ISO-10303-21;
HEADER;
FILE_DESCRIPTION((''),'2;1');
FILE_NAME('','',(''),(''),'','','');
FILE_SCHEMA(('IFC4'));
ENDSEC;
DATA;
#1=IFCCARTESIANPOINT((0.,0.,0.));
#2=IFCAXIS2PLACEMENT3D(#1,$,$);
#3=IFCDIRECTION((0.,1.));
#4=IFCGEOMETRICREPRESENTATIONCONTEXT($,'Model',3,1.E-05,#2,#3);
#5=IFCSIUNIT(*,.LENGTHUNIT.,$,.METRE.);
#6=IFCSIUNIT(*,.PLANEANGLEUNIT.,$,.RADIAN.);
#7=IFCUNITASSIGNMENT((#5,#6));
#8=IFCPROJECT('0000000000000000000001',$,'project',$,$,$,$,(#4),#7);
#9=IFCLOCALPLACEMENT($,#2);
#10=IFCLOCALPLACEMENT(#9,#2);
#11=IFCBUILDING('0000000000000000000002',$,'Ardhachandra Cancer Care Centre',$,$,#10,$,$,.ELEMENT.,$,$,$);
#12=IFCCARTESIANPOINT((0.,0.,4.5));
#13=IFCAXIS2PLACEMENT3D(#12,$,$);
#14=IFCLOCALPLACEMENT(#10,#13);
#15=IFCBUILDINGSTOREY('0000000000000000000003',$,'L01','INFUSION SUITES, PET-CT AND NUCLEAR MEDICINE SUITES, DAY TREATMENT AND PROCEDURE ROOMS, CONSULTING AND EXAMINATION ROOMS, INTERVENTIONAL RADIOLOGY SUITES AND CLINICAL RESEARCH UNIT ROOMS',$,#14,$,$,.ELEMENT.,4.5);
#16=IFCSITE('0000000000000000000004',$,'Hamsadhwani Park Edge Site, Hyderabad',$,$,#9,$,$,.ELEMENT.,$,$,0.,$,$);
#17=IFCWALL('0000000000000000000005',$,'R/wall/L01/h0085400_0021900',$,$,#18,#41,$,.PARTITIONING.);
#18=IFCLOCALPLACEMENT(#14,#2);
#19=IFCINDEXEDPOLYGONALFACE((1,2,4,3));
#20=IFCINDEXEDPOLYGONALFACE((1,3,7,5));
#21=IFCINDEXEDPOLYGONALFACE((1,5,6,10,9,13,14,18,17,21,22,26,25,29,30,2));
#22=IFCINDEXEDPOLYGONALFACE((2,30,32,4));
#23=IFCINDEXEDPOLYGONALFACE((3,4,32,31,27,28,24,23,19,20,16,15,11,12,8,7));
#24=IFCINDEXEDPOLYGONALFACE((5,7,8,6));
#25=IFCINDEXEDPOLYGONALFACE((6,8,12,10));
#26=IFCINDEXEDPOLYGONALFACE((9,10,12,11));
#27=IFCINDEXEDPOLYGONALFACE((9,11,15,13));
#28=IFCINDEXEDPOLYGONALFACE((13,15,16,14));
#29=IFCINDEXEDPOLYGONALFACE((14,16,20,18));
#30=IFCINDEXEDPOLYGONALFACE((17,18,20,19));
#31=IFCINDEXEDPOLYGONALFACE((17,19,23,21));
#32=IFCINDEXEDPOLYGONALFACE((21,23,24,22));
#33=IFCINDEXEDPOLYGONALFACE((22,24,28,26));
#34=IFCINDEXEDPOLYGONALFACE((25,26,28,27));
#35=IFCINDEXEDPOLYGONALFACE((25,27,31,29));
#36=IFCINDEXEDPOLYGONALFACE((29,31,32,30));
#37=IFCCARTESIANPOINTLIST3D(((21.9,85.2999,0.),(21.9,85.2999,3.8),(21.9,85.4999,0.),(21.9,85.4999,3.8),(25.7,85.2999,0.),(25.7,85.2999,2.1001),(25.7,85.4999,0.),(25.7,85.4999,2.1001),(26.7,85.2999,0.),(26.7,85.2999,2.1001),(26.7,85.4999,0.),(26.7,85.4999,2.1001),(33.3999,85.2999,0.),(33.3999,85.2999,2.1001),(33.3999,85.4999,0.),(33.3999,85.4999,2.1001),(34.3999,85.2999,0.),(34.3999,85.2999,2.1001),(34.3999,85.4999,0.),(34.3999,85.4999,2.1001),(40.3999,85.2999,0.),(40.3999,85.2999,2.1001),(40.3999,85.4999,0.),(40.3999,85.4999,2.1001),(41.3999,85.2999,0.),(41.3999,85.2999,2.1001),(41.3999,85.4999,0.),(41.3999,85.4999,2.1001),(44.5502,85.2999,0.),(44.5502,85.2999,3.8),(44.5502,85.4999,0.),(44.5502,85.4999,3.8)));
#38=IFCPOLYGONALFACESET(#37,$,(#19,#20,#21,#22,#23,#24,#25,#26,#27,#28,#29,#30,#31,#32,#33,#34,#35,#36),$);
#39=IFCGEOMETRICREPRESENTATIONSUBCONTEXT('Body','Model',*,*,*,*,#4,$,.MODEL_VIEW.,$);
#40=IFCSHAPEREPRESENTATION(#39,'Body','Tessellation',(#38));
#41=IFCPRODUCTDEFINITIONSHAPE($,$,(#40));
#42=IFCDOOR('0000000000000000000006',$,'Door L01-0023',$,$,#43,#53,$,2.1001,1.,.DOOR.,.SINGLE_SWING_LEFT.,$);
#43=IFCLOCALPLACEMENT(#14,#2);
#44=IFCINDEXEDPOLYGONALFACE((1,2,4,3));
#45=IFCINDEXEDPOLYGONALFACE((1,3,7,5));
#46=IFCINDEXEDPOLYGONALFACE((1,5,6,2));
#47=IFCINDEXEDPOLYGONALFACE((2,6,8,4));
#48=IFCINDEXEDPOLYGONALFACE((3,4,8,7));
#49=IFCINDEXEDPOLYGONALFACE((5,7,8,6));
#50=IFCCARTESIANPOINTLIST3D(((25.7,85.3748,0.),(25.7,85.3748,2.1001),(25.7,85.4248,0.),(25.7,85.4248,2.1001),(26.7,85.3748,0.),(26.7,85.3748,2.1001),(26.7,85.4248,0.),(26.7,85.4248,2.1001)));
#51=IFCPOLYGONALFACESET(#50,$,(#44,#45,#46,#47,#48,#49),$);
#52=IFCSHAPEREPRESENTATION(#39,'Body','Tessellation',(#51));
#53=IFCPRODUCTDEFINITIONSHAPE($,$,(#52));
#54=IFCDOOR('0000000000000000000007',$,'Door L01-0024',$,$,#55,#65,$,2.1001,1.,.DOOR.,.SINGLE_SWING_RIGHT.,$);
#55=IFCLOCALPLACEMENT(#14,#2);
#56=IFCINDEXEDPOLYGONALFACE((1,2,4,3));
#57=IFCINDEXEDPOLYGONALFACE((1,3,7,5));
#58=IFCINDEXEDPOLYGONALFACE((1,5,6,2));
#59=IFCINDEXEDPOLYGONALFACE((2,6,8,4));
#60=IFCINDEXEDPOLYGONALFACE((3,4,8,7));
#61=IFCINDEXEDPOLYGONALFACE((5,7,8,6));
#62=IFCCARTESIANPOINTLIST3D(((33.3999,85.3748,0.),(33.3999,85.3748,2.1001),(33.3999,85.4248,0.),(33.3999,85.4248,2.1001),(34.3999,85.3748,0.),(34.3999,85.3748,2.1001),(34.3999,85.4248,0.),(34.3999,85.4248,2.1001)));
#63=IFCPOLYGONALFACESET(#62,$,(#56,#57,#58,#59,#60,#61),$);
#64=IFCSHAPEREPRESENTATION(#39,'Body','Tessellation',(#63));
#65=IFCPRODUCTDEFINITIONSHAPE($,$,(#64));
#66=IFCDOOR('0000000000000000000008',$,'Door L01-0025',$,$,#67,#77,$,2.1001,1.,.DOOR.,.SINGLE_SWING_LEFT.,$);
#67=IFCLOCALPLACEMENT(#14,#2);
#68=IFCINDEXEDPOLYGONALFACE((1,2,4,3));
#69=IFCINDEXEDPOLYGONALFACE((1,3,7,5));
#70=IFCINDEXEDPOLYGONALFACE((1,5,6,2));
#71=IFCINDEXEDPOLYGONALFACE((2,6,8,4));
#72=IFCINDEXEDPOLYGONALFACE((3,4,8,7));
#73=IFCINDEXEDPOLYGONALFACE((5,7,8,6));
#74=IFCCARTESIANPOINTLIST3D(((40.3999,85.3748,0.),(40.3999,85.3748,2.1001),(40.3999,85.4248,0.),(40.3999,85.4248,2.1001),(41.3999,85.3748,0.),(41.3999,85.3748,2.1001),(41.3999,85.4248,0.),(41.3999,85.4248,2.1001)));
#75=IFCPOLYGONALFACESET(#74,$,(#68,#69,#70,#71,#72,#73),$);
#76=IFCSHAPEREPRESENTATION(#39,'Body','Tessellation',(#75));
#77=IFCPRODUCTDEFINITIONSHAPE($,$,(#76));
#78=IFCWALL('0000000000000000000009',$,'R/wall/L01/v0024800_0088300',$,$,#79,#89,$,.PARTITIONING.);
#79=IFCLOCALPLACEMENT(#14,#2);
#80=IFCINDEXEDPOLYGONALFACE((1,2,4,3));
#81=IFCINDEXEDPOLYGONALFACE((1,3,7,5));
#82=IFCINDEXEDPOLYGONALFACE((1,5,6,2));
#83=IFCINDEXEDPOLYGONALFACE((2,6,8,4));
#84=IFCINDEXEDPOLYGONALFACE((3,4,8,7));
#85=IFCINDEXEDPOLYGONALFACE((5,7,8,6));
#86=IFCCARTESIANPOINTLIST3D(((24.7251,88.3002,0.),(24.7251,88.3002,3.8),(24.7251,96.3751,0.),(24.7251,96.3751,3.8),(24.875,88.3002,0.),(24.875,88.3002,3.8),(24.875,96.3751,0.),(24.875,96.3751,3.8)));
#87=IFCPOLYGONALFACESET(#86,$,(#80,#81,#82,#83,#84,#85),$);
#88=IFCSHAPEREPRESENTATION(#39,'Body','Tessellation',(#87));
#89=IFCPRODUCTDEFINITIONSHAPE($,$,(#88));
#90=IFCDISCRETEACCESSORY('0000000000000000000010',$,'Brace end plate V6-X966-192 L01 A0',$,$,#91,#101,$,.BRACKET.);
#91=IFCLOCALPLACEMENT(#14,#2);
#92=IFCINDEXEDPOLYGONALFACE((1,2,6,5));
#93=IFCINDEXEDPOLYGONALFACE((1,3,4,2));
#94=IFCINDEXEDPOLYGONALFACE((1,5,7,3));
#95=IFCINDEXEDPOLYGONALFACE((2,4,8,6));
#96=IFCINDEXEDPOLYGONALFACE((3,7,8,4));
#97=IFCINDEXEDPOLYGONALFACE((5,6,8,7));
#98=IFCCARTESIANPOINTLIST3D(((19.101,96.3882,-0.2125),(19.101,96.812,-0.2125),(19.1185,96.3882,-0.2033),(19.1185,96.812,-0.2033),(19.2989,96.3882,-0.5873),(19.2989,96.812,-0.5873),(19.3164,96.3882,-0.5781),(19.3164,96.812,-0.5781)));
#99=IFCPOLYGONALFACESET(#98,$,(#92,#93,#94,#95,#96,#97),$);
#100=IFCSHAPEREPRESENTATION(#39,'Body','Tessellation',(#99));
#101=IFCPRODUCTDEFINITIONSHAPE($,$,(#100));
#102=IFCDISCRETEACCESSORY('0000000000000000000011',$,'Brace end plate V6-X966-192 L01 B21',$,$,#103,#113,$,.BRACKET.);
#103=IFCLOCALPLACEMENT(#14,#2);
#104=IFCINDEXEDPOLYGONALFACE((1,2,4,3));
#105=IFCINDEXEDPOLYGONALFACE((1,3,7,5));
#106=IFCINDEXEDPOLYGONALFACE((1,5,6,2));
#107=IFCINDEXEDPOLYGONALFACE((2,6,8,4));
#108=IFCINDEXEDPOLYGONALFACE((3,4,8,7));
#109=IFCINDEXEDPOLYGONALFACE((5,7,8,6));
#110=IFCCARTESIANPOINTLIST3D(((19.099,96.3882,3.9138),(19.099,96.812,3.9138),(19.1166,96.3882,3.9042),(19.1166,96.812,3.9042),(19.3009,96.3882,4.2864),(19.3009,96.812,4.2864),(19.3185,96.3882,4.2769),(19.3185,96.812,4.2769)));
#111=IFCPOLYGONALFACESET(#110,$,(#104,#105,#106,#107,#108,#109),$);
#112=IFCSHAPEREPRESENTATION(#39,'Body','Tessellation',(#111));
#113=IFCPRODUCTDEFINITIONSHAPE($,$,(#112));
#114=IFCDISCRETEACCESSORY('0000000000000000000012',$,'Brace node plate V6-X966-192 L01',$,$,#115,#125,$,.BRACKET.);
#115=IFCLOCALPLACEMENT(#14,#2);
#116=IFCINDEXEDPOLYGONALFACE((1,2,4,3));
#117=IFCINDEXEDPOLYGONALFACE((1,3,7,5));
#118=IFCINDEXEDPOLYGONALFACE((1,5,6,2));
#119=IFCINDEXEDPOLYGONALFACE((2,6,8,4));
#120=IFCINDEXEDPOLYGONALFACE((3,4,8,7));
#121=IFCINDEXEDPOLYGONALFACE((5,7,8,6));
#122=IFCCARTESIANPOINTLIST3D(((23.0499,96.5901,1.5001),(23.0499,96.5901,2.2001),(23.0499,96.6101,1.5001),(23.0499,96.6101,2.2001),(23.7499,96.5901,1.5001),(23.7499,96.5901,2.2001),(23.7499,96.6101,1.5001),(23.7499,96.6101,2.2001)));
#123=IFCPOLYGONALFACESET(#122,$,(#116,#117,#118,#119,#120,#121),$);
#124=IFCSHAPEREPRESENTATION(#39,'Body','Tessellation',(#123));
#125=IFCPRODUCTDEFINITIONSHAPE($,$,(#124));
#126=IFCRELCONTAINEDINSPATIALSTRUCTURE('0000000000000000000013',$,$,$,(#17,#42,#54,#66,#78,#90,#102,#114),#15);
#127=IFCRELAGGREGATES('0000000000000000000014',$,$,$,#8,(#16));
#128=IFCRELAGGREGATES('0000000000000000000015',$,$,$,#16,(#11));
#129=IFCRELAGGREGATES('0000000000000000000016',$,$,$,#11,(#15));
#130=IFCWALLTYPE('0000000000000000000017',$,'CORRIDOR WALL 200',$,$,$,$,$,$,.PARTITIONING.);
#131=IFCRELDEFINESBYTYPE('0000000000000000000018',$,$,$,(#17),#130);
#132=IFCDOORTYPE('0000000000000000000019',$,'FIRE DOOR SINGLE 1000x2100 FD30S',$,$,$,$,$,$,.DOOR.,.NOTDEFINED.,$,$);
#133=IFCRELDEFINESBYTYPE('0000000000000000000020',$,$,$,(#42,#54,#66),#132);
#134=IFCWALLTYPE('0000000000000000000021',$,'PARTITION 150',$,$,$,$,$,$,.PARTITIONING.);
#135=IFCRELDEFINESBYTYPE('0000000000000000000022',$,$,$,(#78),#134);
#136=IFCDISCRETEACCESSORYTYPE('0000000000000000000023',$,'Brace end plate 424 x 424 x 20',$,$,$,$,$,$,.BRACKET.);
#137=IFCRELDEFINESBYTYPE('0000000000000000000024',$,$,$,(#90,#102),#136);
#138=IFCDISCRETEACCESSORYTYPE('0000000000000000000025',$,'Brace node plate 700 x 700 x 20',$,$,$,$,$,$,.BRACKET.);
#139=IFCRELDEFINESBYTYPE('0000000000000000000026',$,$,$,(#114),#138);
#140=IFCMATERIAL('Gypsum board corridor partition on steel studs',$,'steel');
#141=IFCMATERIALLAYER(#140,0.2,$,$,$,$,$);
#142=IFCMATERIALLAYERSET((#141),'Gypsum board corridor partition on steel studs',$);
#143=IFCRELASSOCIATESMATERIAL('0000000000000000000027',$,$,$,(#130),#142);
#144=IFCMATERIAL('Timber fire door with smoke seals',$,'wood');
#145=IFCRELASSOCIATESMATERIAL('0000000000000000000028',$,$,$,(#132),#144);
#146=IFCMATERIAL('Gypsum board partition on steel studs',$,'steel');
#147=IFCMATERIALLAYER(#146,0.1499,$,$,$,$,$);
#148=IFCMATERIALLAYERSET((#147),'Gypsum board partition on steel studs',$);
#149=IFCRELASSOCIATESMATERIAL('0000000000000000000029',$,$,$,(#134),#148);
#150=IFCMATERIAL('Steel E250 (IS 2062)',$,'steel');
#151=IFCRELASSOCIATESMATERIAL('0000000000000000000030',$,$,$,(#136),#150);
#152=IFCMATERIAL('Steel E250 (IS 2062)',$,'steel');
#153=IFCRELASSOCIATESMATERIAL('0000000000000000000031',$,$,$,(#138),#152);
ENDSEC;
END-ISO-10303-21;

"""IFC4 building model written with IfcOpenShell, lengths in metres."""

from ifc_helpers import new_model, si_unit, direction, frame, frame_2d, origin, origin_2d, place, context, subcontext, project, spatial, rectangle, extrude, material, layer, layer_set, material_profile, profile_set, type_object, element, fill, save


model = new_model("IFC4")

# Units and contexts
model_context = context("Model", 3, precision=1e-05, world=origin(), true_north=direction((0.0, 1.0)))
body_context = subcontext(model_context, "Body", "Model", "MODEL_VIEW")
ifc_project = project(units=[si_unit("LENGTHUNIT", "METRE"), si_unit("PLANEANGLEUNIT", "RADIAN")], contexts=[model_context])

# Site, building, storey
site_placement = place(None, origin())
site = spatial("IfcSite", under=ifc_project, at=site_placement, Name="Hamsadhwani Park Edge Site, Hyderabad", CompositionType="ELEMENT", RefElevation=0.0)
building_placement = place(site_placement, origin())
building = spatial("IfcBuilding", under=site, at=building_placement, Name="Ardhachandra Cancer Care Centre", CompositionType="ELEMENT")
storey_placement = place(building_placement, frame((0.0, 0.0, 4.5)))
storey = spatial("IfcBuildingStorey", under=building, at=storey_placement, Name="L01", Description="INFUSION SUITES, PET-CT AND NUCLEAR MEDICINE SUITES, DAY TREATMENT AND PROCEDURE ROOMS, CONSULTING AND EXAMINATION ROOMS, INTERVENTIONAL RADIOLOGY SUITES AND CLINICAL RESEARCH UNIT ROOMS", CompositionType="ELEMENT", Elevation=4.5)

# Wall, openings, doors
ifc_material_1 = material(Name="Gypsum board corridor partition on steel studs", Category="steel")
ifc_layer_1 = layer(ifc_material_1, 0.2)
ifc_layer_set_1 = layer_set([ifc_layer_1], Name="Gypsum board corridor partition on steel studs")
wall_type_1 = type_object("IfcWallType", Name="CORRIDOR WALL 200", PredefinedType="PARTITIONING", material=ifc_layer_set_1)
wall_1_placement = place(storey_placement, frame((21.8999, 85.3999, 0.0), z_axis=(0.0, 0.0, 1.0), x_axis=(1.0, 0.0, 0.0)))
wall_1 = element("IfcWall", 1, at=wall_1_placement, inside=storey, type_object=wall_type_1, Name="R/wall/L01/h0085400_0021900", PredefinedType="PARTITIONING", context=body_context, shape_type="SweptSolid", body=[
    extrude(rectangle(XDim=22.6501, YDim=0.2, at=frame_2d((11.3252, 0.0))), origin(), (0.0, 0.0, 1.0), 3.8),
])
opening_1_placement = place(wall_1_placement, frame((3.8, 0.0, 0.0)))
opening_1 = element("IfcOpeningElement", 2, at=opening_1_placement, cuts=wall_1, PredefinedType="OPENING", context=body_context, shape_type="SweptSolid", body=[
    extrude(rectangle(XDim=1.0, YDim=2.1001, at=frame_2d((0.5, 1.05))), frame((0.0, 0.1099, 0.0), z_axis=(0.0, -1.0, 0.0), x_axis=(1.0, 0.0, 0.0)), (0.0, 0.0, 1.0), 0.22),
])
opening_2_placement = place(wall_1_placement, frame((11.5, 0.0, 0.0)))
opening_2 = element("IfcOpeningElement", 3, at=opening_2_placement, cuts=wall_1, PredefinedType="OPENING", context=body_context, shape_type="SweptSolid", body=[
    extrude(rectangle(XDim=1.0, YDim=2.1001, at=frame_2d((0.5, 1.05))), frame((0.0, 0.1099, 0.0), z_axis=(0.0, -1.0, 0.0), x_axis=(1.0, 0.0, 0.0)), (0.0, 0.0, 1.0), 0.22),
])
opening_3_placement = place(wall_1_placement, frame((18.5, 0.0, 0.0)))
opening_3 = element("IfcOpeningElement", 4, at=opening_3_placement, cuts=wall_1, PredefinedType="OPENING", context=body_context, shape_type="SweptSolid", body=[
    extrude(rectangle(XDim=1.0, YDim=2.1001, at=frame_2d((0.5, 1.05))), frame((0.0, 0.1099, 0.0), z_axis=(0.0, -1.0, 0.0), x_axis=(1.0, 0.0, 0.0)), (0.0, 0.0, 1.0), 0.22),
])
ifc_material_2 = material(Name="Timber fire door with smoke seals", Category="wood")
door_type = type_object("IfcDoorType", Name="FIRE DOOR SINGLE 1000x2100 FD30S", OperationType="NOTDEFINED", PredefinedType="DOOR", material=ifc_material_2)
door_1_placement = place(opening_1_placement, origin())
door_1 = element("IfcDoor", 5, at=door_1_placement, inside=storey, type_object=door_type, Name="Door L01-0023", OperationType="SINGLE_SWING_LEFT", OverallHeight=2.1001, OverallWidth=1.0, PredefinedType="DOOR", context=body_context, shape_type="SweptSolid", body=[
    extrude(rectangle(XDim=1.0, YDim=2.1001, at=frame_2d((0.5, 1.05))), frame((0.0, 0.0249, 0.0), z_axis=(0.0, -1.0, 0.0), x_axis=(1.0, 0.0, 0.0)), (0.0, 0.0, 1.0), 0.05),
])
fill(opening_1, door_1)
door_2_placement = place(opening_2_placement, origin())
door_2 = element("IfcDoor", 6, at=door_2_placement, inside=storey, type_object=door_type, Name="Door L01-0024", OperationType="SINGLE_SWING_RIGHT", OverallHeight=2.1001, OverallWidth=1.0, PredefinedType="DOOR", context=body_context, shape_type="SweptSolid", body=[
    extrude(rectangle(XDim=1.0, YDim=2.1001, at=frame_2d((0.5, 1.05))), frame((0.0, 0.0249, 0.0), z_axis=(0.0, -1.0, 0.0), x_axis=(1.0, 0.0, 0.0)), (0.0, 0.0, 1.0), 0.05),
])
fill(opening_2, door_2)
door_3_placement = place(opening_3_placement, origin())
door_3 = element("IfcDoor", 7, at=door_3_placement, inside=storey, type_object=door_type, Name="Door L01-0025", OperationType="SINGLE_SWING_LEFT", OverallHeight=2.1001, OverallWidth=1.0, PredefinedType="DOOR", context=body_context, shape_type="SweptSolid", body=[
    extrude(rectangle(XDim=1.0, YDim=2.1001, at=frame_2d((0.5, 1.05))), frame((0.0, 0.0249, 0.0), z_axis=(0.0, -1.0, 0.0), x_axis=(1.0, 0.0, 0.0)), (0.0, 0.0, 1.0), 0.05),
])
fill(opening_3, door_3)

# Wall
ifc_material_3 = material(Name="Gypsum board partition on steel studs", Category="steel")
ifc_layer_2 = layer(ifc_material_3, 0.1499)
ifc_layer_set_2 = layer_set([ifc_layer_2], Name="Gypsum board partition on steel studs")
wall_type_2 = type_object("IfcWallType", Name="PARTITION 150", PredefinedType="PARTITIONING", material=ifc_layer_set_2)
wall_2_placement = place(storey_placement, frame((24.8, 88.3, 0.0), z_axis=(0.0, 0.0, 1.0), x_axis=(0.0, 1.0, 0.0)))
element("IfcWall", 8, at=wall_2_placement, inside=storey, type_object=wall_type_2, Name="R/wall/L01/v0024800_0088300", PredefinedType="PARTITIONING", context=body_context, shape_type="SweptSolid", body=[
    extrude(rectangle(XDim=8.075, YDim=0.1499, at=frame_2d((4.0376, 0.0))), origin(), (0.0, 0.0, 1.0), 3.8),
])

# Discrete accessories
ifc_material_4 = material(Name="Steel E250 (IS 2062)", Category="steel")
ifc_material_profile_1 = material_profile(ifc_material_4, rectangle(XDim=0.4238, YDim=0.4238, at=origin_2d()), Name="PL 424x424x20")
ifc_profile_set_1 = profile_set([ifc_material_profile_1], Name="Steel E250 (IS 2062)")
discrete_accessory_type_1 = type_object("IfcDiscreteAccessoryType", Name="Brace end plate 424 x 424 x 20", PredefinedType="BRACKET", material=ifc_profile_set_1)
discrete_accessory_1_placement = place(storey_placement, frame((19.2, 96.6001, -0.3999), z_axis=(0.884385, 0.0, 0.466759), x_axis=(0.0, 1.0, 0.0)))
element("IfcDiscreteAccessory", 9, at=discrete_accessory_1_placement, inside=storey, type_object=discrete_accessory_type_1, Name="Brace end plate V6-X966-192 L01 A0", PredefinedType="BRACKET", context=body_context, shape_type="SweptSolid", body=[
    extrude(rectangle(XDim=0.4238, YDim=0.4238, at=origin_2d()), origin(), (0.0, 0.0, 1.0), 0.0198),
])
discrete_accessory_2_placement = place(storey_placement, frame((19.2, 96.6001, 4.1001), z_axis=(0.879292, 0.0, -0.476283), x_axis=(0.0, 1.0, 0.0)))
element("IfcDiscreteAccessory", 10, at=discrete_accessory_2_placement, inside=storey, type_object=discrete_accessory_type_1, Name="Brace end plate V6-X966-192 L01 B21", PredefinedType="BRACKET", context=body_context, shape_type="SweptSolid", body=[
    extrude(rectangle(XDim=0.4238, YDim=0.4238, at=origin_2d()), origin(), (0.0, 0.0, 1.0), 0.02),
])
ifc_material_5 = material(Name="Steel E250 (IS 2062)", Category="steel")
ifc_material_profile_2 = material_profile(ifc_material_5, rectangle(XDim=0.7, YDim=0.7, at=origin_2d()), Name="PL 700x700x20")
ifc_profile_set_2 = profile_set([ifc_material_profile_2], Name="Steel E250 (IS 2062)")
discrete_accessory_type_2 = type_object("IfcDiscreteAccessoryType", Name="Brace node plate 700 x 700 x 20", PredefinedType="BRACKET", material=ifc_profile_set_2)
discrete_accessory_3_placement = place(storey_placement, frame((23.3999, 96.5901, 1.8501), z_axis=(0.0, 1.0, 0.0), x_axis=(-1.0, 0.0, 0.0)))
element("IfcDiscreteAccessory", 11, at=discrete_accessory_3_placement, inside=storey, type_object=discrete_accessory_type_2, Name="Brace node plate V6-X966-192 L01", PredefinedType="BRACKET", context=body_context, shape_type="SweptSolid", body=[
    extrude(rectangle(XDim=0.7, YDim=0.7, at=origin_2d()), origin(), (0.0, 0.0, 1.0), 0.02),
])

save(model, "model.ifc")
